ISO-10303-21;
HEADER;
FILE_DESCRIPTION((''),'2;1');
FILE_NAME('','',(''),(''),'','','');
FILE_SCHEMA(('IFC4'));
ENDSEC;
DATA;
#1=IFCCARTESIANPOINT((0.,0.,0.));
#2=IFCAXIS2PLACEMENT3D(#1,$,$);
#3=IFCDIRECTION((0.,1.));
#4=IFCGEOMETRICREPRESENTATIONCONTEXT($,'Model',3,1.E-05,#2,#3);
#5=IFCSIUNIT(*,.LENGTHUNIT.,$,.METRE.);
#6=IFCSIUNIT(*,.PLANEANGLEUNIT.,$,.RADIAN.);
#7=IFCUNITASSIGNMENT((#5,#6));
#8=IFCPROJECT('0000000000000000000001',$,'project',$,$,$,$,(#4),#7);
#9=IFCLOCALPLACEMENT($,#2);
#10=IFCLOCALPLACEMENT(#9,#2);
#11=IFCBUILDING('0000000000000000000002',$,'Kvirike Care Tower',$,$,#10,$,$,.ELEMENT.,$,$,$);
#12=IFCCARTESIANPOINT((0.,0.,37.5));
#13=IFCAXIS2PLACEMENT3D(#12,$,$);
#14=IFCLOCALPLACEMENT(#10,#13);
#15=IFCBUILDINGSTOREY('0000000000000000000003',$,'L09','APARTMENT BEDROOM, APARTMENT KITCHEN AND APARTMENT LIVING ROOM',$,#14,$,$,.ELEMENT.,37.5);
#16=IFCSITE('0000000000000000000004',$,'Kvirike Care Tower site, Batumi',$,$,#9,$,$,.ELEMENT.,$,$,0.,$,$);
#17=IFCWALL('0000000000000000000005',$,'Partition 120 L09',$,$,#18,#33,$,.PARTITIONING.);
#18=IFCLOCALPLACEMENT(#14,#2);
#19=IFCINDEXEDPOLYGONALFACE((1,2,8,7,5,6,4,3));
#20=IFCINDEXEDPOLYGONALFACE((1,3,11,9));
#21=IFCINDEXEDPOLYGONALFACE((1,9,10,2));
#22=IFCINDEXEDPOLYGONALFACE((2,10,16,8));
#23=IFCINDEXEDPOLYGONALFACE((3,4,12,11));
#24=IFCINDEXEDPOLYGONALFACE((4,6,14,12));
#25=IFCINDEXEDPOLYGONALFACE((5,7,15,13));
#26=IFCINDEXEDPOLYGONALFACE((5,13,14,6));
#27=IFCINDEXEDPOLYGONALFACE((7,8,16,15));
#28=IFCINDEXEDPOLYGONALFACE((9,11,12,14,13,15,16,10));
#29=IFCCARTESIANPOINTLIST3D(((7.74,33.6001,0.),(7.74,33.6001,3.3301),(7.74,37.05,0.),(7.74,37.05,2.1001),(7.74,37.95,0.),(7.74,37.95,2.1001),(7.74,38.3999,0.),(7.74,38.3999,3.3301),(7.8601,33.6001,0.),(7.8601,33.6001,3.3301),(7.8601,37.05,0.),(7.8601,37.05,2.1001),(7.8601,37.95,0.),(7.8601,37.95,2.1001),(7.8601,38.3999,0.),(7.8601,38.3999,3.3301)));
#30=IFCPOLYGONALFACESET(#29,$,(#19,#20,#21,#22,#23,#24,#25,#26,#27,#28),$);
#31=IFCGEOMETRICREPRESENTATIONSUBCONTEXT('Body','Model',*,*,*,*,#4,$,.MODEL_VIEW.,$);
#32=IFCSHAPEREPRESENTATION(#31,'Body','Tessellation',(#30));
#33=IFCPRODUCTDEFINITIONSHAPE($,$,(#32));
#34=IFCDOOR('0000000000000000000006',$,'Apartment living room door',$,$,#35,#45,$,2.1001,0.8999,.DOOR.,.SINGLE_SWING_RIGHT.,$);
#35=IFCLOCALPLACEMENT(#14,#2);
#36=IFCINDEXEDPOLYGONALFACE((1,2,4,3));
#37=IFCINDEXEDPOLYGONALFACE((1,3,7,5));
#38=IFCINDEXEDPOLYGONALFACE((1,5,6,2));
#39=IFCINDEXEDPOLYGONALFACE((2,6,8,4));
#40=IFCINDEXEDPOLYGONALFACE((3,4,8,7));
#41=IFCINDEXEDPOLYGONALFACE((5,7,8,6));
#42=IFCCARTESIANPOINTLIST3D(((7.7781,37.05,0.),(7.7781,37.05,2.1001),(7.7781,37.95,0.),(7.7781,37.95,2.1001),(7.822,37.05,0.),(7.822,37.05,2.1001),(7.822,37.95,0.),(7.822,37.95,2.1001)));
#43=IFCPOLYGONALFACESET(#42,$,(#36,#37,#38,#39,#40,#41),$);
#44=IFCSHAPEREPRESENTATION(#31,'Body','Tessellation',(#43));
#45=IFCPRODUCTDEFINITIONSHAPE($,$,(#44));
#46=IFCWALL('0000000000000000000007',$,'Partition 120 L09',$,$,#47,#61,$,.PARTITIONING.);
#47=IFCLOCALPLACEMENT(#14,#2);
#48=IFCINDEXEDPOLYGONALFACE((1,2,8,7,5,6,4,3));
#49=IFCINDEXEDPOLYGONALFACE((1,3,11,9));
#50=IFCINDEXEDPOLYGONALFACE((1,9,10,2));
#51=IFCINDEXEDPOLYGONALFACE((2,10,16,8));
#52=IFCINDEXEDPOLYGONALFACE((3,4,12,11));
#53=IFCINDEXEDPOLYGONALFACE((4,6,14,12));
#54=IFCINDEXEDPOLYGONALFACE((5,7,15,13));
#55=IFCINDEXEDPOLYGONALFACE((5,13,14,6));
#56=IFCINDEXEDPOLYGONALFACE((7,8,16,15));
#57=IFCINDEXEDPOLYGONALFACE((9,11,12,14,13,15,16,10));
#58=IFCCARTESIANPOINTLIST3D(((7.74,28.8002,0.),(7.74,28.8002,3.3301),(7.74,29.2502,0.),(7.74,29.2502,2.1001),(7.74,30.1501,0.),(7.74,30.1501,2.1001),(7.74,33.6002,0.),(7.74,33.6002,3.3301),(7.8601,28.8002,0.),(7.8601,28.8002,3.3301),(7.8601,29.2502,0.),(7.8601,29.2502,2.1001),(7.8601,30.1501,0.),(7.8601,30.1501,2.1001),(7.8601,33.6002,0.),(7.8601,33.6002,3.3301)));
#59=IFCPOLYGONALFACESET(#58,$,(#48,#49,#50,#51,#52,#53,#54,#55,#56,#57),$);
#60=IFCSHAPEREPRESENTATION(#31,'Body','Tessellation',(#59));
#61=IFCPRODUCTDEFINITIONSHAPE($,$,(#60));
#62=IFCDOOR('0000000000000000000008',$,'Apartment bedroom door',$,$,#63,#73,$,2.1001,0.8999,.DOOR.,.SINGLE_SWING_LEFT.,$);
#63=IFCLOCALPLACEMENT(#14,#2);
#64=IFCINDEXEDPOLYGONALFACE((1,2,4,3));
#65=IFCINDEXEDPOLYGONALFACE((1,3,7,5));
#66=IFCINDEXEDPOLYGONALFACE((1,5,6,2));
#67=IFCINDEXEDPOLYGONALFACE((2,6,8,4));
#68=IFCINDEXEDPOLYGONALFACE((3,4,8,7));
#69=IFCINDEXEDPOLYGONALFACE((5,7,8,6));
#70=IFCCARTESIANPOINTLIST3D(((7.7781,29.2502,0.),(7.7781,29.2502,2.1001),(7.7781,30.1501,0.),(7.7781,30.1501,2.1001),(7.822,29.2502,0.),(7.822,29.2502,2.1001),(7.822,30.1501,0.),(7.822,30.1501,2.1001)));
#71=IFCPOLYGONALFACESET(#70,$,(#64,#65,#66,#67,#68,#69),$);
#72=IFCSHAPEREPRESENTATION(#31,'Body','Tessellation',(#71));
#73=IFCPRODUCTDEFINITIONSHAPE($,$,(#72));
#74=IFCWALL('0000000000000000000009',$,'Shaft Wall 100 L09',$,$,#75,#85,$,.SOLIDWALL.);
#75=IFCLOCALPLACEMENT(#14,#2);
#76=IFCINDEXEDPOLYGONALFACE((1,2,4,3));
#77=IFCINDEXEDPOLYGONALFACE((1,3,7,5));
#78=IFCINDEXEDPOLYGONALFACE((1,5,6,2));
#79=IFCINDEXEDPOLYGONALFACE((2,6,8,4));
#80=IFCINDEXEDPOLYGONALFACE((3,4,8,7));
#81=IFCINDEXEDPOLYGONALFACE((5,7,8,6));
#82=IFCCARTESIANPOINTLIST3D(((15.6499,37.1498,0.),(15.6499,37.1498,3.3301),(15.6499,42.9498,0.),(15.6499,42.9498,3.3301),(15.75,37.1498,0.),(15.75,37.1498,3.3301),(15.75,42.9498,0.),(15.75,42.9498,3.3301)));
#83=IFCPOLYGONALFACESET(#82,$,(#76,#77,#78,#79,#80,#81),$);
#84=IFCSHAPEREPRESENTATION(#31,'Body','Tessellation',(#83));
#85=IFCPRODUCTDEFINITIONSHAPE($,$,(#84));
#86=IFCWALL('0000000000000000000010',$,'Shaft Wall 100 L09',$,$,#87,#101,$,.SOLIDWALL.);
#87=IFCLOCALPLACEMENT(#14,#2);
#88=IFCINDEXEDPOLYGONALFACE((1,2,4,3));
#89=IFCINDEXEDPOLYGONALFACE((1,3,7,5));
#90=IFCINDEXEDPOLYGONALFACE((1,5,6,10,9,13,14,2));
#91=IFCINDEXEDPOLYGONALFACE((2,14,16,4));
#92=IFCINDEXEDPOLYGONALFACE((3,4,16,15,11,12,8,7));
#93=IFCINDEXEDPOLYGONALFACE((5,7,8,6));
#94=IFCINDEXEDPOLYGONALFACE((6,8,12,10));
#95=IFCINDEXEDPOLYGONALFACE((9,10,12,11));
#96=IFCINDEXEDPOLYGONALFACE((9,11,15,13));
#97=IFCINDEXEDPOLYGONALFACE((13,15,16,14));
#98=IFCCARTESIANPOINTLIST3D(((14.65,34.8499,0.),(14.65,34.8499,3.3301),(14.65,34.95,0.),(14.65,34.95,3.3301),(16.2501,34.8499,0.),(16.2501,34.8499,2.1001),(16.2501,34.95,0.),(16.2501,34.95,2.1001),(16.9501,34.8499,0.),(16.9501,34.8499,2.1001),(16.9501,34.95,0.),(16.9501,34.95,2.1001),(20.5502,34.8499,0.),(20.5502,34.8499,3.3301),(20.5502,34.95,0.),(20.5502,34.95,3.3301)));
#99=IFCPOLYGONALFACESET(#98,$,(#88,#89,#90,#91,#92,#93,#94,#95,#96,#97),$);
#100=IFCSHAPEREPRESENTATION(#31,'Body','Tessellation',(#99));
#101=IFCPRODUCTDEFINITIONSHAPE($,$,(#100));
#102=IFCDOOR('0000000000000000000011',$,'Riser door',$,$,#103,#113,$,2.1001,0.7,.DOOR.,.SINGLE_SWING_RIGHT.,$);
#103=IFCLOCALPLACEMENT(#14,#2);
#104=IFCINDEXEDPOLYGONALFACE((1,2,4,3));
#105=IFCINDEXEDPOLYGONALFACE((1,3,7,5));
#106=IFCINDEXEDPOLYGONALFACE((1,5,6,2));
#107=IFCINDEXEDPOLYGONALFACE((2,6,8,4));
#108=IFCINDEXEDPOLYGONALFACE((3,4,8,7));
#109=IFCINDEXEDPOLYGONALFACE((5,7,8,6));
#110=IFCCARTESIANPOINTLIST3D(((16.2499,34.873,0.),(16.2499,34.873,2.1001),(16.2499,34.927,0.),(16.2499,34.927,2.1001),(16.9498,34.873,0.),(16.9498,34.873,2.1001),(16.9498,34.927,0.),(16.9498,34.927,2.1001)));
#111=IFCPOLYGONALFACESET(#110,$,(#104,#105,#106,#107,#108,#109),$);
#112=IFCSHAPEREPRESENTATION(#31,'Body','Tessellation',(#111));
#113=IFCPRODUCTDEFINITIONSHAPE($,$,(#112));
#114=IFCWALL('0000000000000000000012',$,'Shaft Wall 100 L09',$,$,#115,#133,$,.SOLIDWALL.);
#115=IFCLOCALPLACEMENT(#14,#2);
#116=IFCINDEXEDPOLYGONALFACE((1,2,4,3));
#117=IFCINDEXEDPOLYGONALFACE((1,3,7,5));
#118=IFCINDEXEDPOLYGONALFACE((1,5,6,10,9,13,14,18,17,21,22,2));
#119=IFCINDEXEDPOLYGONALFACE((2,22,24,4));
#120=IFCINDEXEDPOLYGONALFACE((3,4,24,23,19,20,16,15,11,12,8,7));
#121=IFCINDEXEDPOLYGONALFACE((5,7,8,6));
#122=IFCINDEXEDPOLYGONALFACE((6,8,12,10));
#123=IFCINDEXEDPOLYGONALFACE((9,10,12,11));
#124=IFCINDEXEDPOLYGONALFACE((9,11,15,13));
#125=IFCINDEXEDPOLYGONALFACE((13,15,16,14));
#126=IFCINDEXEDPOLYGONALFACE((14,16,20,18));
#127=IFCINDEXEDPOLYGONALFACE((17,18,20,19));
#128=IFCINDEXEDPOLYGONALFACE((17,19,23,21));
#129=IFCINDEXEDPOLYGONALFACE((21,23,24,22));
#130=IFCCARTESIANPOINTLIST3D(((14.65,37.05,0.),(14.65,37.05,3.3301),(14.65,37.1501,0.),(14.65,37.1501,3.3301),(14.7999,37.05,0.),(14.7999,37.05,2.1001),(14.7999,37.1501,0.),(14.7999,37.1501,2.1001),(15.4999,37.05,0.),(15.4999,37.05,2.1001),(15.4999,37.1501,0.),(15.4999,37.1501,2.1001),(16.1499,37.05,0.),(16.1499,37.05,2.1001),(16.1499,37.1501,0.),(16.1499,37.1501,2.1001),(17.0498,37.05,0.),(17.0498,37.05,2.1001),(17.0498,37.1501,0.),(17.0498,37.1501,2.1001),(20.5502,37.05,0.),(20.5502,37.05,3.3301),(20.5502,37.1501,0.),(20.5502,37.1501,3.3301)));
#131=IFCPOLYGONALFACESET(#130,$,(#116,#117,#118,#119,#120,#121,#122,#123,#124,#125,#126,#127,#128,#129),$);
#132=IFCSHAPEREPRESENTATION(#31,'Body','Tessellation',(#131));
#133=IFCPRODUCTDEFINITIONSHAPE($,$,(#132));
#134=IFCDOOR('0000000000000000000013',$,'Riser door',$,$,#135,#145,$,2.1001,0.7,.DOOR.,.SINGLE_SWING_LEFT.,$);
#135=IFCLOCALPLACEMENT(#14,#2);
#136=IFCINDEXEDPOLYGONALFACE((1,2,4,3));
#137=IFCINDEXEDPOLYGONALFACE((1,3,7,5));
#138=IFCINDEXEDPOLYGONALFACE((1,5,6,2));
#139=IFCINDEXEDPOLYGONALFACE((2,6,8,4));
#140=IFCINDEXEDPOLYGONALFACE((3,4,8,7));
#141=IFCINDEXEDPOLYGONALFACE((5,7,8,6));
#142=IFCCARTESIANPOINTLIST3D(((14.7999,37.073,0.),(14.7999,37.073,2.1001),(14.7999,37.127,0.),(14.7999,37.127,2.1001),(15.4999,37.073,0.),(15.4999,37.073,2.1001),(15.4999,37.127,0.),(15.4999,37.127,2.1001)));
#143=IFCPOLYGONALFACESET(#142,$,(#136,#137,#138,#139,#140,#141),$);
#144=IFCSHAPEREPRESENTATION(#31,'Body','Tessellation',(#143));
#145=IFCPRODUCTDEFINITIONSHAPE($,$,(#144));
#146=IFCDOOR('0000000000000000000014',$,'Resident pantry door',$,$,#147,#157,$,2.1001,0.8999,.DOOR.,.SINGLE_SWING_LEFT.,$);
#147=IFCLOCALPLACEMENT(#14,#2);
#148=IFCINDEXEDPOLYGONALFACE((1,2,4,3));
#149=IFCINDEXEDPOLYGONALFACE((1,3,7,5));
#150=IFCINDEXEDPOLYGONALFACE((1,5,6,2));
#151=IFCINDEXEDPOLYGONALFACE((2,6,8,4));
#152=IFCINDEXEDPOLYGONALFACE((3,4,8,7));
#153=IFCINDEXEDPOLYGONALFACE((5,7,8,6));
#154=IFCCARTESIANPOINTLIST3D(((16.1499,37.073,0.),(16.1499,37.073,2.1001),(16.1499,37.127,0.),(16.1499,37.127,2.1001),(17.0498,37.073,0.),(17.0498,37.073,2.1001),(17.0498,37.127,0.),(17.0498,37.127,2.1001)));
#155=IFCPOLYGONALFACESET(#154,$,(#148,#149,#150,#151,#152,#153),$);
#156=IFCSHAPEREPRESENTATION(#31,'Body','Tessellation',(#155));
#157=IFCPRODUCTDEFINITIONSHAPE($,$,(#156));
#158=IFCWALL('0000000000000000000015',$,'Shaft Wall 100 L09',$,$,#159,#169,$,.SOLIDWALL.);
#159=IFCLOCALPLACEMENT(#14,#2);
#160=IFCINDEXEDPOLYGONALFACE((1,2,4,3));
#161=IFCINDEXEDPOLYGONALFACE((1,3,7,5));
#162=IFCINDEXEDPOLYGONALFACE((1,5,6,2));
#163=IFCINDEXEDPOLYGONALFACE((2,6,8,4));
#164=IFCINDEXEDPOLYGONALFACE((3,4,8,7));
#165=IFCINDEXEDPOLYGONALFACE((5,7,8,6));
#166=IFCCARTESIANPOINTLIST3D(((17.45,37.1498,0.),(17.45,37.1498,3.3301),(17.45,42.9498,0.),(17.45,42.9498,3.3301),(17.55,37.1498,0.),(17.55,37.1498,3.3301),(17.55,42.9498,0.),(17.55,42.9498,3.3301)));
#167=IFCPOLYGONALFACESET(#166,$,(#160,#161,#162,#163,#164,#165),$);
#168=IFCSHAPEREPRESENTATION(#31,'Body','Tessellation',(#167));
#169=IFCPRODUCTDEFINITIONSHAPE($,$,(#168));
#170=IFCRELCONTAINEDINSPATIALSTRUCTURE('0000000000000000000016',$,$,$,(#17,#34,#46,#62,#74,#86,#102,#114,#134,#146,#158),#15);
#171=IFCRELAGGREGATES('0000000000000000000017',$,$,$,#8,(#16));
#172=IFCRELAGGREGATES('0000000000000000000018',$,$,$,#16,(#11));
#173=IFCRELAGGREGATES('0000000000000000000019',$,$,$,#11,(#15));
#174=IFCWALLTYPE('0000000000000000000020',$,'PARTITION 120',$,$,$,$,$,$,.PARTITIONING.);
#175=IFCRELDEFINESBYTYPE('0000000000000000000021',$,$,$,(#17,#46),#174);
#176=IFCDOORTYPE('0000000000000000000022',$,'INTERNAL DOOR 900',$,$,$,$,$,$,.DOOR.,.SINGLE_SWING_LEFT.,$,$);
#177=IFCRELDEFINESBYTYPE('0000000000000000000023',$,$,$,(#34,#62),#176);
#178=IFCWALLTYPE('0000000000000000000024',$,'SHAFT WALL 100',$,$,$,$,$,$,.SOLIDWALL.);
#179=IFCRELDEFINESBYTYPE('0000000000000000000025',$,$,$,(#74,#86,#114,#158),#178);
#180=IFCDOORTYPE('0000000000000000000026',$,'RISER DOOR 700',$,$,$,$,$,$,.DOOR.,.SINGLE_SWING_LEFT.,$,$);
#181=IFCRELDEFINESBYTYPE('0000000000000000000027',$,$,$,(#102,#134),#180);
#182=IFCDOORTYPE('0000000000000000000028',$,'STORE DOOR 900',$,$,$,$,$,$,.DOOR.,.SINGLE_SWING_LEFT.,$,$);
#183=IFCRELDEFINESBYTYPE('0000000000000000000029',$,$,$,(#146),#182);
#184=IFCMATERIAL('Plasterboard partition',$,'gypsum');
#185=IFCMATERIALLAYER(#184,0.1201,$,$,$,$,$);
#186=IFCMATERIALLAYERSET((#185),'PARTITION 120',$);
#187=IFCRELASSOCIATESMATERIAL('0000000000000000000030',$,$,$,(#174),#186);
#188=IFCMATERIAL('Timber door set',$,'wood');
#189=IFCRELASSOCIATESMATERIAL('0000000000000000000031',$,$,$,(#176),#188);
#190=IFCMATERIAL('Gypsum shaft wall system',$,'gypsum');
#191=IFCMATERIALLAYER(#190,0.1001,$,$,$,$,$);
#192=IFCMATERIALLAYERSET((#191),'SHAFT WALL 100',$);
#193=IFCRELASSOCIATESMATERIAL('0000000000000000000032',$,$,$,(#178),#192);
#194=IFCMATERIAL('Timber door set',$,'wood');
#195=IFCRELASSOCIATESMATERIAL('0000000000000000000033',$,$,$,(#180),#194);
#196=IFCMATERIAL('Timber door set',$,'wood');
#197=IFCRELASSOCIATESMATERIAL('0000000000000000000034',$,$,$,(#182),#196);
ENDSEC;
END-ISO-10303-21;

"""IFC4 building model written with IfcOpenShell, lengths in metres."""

from ifc_helpers import new_model, si_unit, direction, frame, frame_2d, origin, place, context, subcontext, project, spatial, rectangle, extrude, material, layer, layer_set, type_object, element, fill, save


model = new_model("IFC4")

# Units and contexts
model_context = context("Model", 3, precision=1e-05, world=origin(), true_north=direction((0.0, 1.0)))
body_context = subcontext(model_context, "Body", "Model", "MODEL_VIEW")
ifc_project = project(units=[si_unit("LENGTHUNIT", "METRE"), si_unit("PLANEANGLEUNIT", "RADIAN")], contexts=[model_context])

# Site, building, storey
site_placement = place(None, origin())
site = spatial("IfcSite", under=ifc_project, at=site_placement, Name="Kvirike Care Tower site, Batumi", CompositionType="ELEMENT", RefElevation=0.0)
building_placement = place(site_placement, origin())
building = spatial("IfcBuilding", under=site, at=building_placement, Name="Kvirike Care Tower", CompositionType="ELEMENT")
storey_placement = place(building_placement, frame((0.0, 0.0, 37.5)))
storey = spatial("IfcBuildingStorey", under=building, at=storey_placement, Name="L09", Description="APARTMENT BEDROOM, APARTMENT KITCHEN AND APARTMENT LIVING ROOM", CompositionType="ELEMENT", Elevation=37.5)

# Walls, openings, doors
ifc_material_1 = material(Name="Plasterboard partition", Category="gypsum")
ifc_layer_1 = layer(ifc_material_1, 0.1201)
ifc_layer_set_1 = layer_set([ifc_layer_1], Name="PARTITION 120")
wall_type_1 = type_object("IfcWallType", Name="PARTITION 120", PredefinedType="PARTITIONING", material=ifc_layer_set_1)
ifc_material_2 = material(Name="Timber door set", Category="wood")
door_type_1 = type_object("IfcDoorType", Name="INTERNAL DOOR 900", OperationType="SINGLE_SWING_LEFT", PredefinedType="DOOR", material=ifc_material_2)
wall_1_placement = place(storey_placement, frame((7.8, 38.3999, 0.0), z_axis=(0.0, 0.0, 1.0), x_axis=(0.0, -1.0, 0.0)))
wall_1 = element("IfcWall", 1, at=wall_1_placement, inside=storey, type_object=wall_type_1, Name="Partition 120 L09", PredefinedType="PARTITIONING", context=body_context, shape_type="SweptSolid", body=[
    extrude(rectangle(XDim=4.7998, YDim=0.1201, at=frame_2d((2.3999, 0.0))), origin(), (0.0, 0.0, 1.0), 3.3301),
])
opening_1_placement = place(wall_1_placement, frame((0.45, 0.0, 0.0)))
opening_1 = element("IfcOpeningElement", 2, at=opening_1_placement, cuts=wall_1, PredefinedType="OPENING", context=body_context, shape_type="SweptSolid", body=[
    extrude(rectangle(XDim=0.8999, YDim=2.1001, at=frame_2d((0.45, 1.05))), frame((0.0, 0.0706, 0.0), z_axis=(0.0, -1.0, 0.0), x_axis=(1.0, 0.0, 0.0)), (0.0, 0.0, 1.0), 0.1411),
])
door_1_placement = place(opening_1_placement, origin())
door_1 = element("IfcDoor", 3, at=door_1_placement, inside=storey, type_object=door_type_1, Name="Apartment living room door", OperationType="SINGLE_SWING_RIGHT", OverallHeight=2.1001, OverallWidth=0.8999, PredefinedType="DOOR", context=body_context, shape_type="SweptSolid", body=[
    extrude(rectangle(XDim=0.8999, YDim=2.1001, at=frame_2d((0.45, 1.05))), frame((0.0, 0.022, 0.0), z_axis=(0.0, -1.0, 0.0), x_axis=(1.0, 0.0, 0.0)), (0.0, 0.0, 1.0), 0.0439),
])
fill(opening_1, door_1)
wall_2_placement = place(storey_placement, frame((7.8, 33.6001, 0.0), z_axis=(0.0, 0.0, 1.0), x_axis=(0.0, -1.0, 0.0)))
wall_2 = element("IfcWall", 4, at=wall_2_placement, inside=storey, type_object=wall_type_1, Name="Partition 120 L09", PredefinedType="PARTITIONING", context=body_context, shape_type="SweptSolid", body=[
    extrude(rectangle(XDim=4.8, YDim=0.1201, at=frame_2d((2.3999, 0.0))), origin(), (0.0, 0.0, 1.0), 3.3301),
])
opening_2_placement = place(wall_2_placement, frame((3.45, 0.0, 0.0)))
opening_2 = element("IfcOpeningElement", 5, at=opening_2_placement, cuts=wall_2, PredefinedType="OPENING", context=body_context, shape_type="SweptSolid", body=[
    extrude(rectangle(XDim=0.8999, YDim=2.1001, at=frame_2d((0.45, 1.05))), frame((0.0, 0.0706, 0.0), z_axis=(0.0, -1.0, 0.0), x_axis=(1.0, 0.0, 0.0)), (0.0, 0.0, 1.0), 0.1411),
])
door_2_placement = place(opening_2_placement, origin())
door_2 = element("IfcDoor", 6, at=door_2_placement, inside=storey, type_object=door_type_1, Name="Apartment bedroom door", OperationType="SINGLE_SWING_LEFT", OverallHeight=2.1001, OverallWidth=0.8999, PredefinedType="DOOR", context=body_context, shape_type="SweptSolid", body=[
    extrude(rectangle(XDim=0.8999, YDim=2.1001, at=frame_2d((0.45, 1.05))), frame((0.0, 0.022, 0.0), z_axis=(0.0, -1.0, 0.0), x_axis=(1.0, 0.0, 0.0)), (0.0, 0.0, 1.0), 0.0439),
])
fill(opening_2, door_2)

# Wall
ifc_material_3 = material(Name="Gypsum shaft wall system", Category="gypsum")
ifc_layer_2 = layer(ifc_material_3, 0.1001)
ifc_layer_set_2 = layer_set([ifc_layer_2], Name="SHAFT WALL 100")
wall_type_2 = type_object("IfcWallType", Name="SHAFT WALL 100", PredefinedType="SOLIDWALL", material=ifc_layer_set_2)
wall_3_placement = place(storey_placement, frame((15.7, 37.1499, 0.0), z_axis=(0.0, 0.0, 1.0), x_axis=(0.0, 1.0, 0.0)))
element("IfcWall", 7, at=wall_3_placement, inside=storey, type_object=wall_type_2, Name="Shaft Wall 100 L09", PredefinedType="SOLIDWALL", context=body_context, shape_type="SweptSolid", body=[
    extrude(rectangle(XDim=5.8, YDim=0.1001, at=frame_2d((2.8999, 0.0))), origin(), (0.0, 0.0, 1.0), 3.3301),
])

# Wall, opening, door
wall_4_placement = place(storey_placement, frame((14.6499, 34.8999, 0.0), z_axis=(0.0, 0.0, 1.0), x_axis=(1.0, 0.0, 0.0)))
wall_4 = element("IfcWall", 8, at=wall_4_placement, inside=storey, type_object=wall_type_2, Name="Shaft Wall 100 L09", PredefinedType="SOLIDWALL", context=body_context, shape_type="SweptSolid", body=[
    extrude(rectangle(XDim=5.9001, YDim=0.1001, at=frame_2d((2.9502, 0.0))), origin(), (0.0, 0.0, 1.0), 3.3301),
])
opening_3_placement = place(wall_4_placement, frame((1.6001, 0.0, 0.0)))
opening_3 = element("IfcOpeningElement", 9, at=opening_3_placement, cuts=wall_4, PredefinedType="OPENING", context=body_context, shape_type="SweptSolid", body=[
    extrude(rectangle(XDim=0.7, YDim=2.1001, at=frame_2d((0.3501, 1.05))), frame((0.0, 0.0605, 0.0), z_axis=(0.0, -1.0, 0.0), x_axis=(1.0, 0.0, 0.0)), (0.0, 0.0, 1.0), 0.1211),
])
ifc_material_4 = material(Name="Timber door set", Category="wood")
door_type_2 = type_object("IfcDoorType", Name="RISER DOOR 700", OperationType="SINGLE_SWING_LEFT", PredefinedType="DOOR", material=ifc_material_4)
door_3_placement = place(opening_3_placement, frame((0.7, 0.0, 0.0), z_axis=(0.0, 0.0, 1.0), x_axis=(-1.0, 0.0, 0.0)))
door_3 = element("IfcDoor", 10, at=door_3_placement, inside=storey, type_object=door_type_2, Name="Riser door", OperationType="SINGLE_SWING_RIGHT", OverallHeight=2.1001, OverallWidth=0.7, PredefinedType="DOOR", context=body_context, shape_type="SweptSolid", body=[
    extrude(rectangle(XDim=0.7, YDim=2.1001, at=frame_2d((0.3501, 1.05))), frame((0.0, 0.0269, 0.0), z_axis=(0.0, -1.0, 0.0), x_axis=(1.0, 0.0, 0.0)), (0.0, 0.0, 1.0), 0.054),
])
fill(opening_3, door_3)

# Wall, openings, doors
wall_5_placement = place(storey_placement, frame((14.6499, 37.1001, 0.0), z_axis=(0.0, 0.0, 1.0), x_axis=(1.0, 0.0, 0.0)))
wall_5 = element("IfcWall", 11, at=wall_5_placement, inside=storey, type_object=wall_type_2, Name="Shaft Wall 100 L09", PredefinedType="SOLIDWALL", context=body_context, shape_type="SweptSolid", body=[
    extrude(rectangle(XDim=5.9001, YDim=0.1001, at=frame_2d((2.9502, 0.0))), origin(), (0.0, 0.0, 1.0), 3.3301),
])
opening_4_placement = place(wall_5_placement, frame((0.1499, 0.0, 0.0)))
opening_4 = element("IfcOpeningElement", 12, at=opening_4_placement, cuts=wall_5, PredefinedType="OPENING", context=body_context, shape_type="SweptSolid", body=[
    extrude(rectangle(XDim=0.7, YDim=2.1001, at=frame_2d((0.3501, 1.05))), frame((0.0, 0.0605, 0.0), z_axis=(0.0, -1.0, 0.0), x_axis=(1.0, 0.0, 0.0)), (0.0, 0.0, 1.0), 0.1211),
])
opening_5_placement = place(wall_5_placement, frame((1.5, 0.0, 0.0)))
opening_5 = element("IfcOpeningElement", 13, at=opening_5_placement, cuts=wall_5, PredefinedType="OPENING", context=body_context, shape_type="SweptSolid", body=[
    extrude(rectangle(XDim=0.8999, YDim=2.1001, at=frame_2d((0.45, 1.05))), frame((0.0, 0.0605, 0.0), z_axis=(0.0, -1.0, 0.0), x_axis=(1.0, 0.0, 0.0)), (0.0, 0.0, 1.0), 0.1211),
])
door_4_placement = place(opening_4_placement, origin())
door_4 = element("IfcDoor", 14, at=door_4_placement, inside=storey, type_object=door_type_2, Name="Riser door", OperationType="SINGLE_SWING_LEFT", OverallHeight=2.1001, OverallWidth=0.7, PredefinedType="DOOR", context=body_context, shape_type="SweptSolid", body=[
    extrude(rectangle(XDim=0.7, YDim=2.1001, at=frame_2d((0.3501, 1.05))), frame((0.0, 0.0269, 0.0), z_axis=(0.0, -1.0, 0.0), x_axis=(1.0, 0.0, 0.0)), (0.0, 0.0, 1.0), 0.054),
])
fill(opening_4, door_4)
ifc_material_5 = material(Name="Timber door set", Category="wood")
door_type_3 = type_object("IfcDoorType", Name="STORE DOOR 900", OperationType="SINGLE_SWING_LEFT", PredefinedType="DOOR", material=ifc_material_5)
door_5_placement = place(opening_5_placement, origin())
door_5 = element("IfcDoor", 15, at=door_5_placement, inside=storey, type_object=door_type_3, Name="Resident pantry door", OperationType="SINGLE_SWING_LEFT", OverallHeight=2.1001, OverallWidth=0.8999, PredefinedType="DOOR", context=body_context, shape_type="SweptSolid", body=[
    extrude(rectangle(XDim=0.8999, YDim=2.1001, at=frame_2d((0.45, 1.05))), frame((0.0, 0.0269, 0.0), z_axis=(0.0, -1.0, 0.0), x_axis=(1.0, 0.0, 0.0)), (0.0, 0.0, 1.0), 0.054),
])
fill(opening_5, door_5)

# Wall
wall_6_placement = place(storey_placement, frame((17.5, 37.1499, 0.0), z_axis=(0.0, 0.0, 1.0), x_axis=(0.0, 1.0, 0.0)))
element("IfcWall", 16, at=wall_6_placement, inside=storey, type_object=wall_type_2, Name="Shaft Wall 100 L09", PredefinedType="SOLIDWALL", context=body_context, shape_type="SweptSolid", body=[
    extrude(rectangle(XDim=5.8, YDim=0.1001, at=frame_2d((2.8999, 0.0))), origin(), (0.0, 0.0, 1.0), 3.3301),
])

save(model, "model.ifc")
